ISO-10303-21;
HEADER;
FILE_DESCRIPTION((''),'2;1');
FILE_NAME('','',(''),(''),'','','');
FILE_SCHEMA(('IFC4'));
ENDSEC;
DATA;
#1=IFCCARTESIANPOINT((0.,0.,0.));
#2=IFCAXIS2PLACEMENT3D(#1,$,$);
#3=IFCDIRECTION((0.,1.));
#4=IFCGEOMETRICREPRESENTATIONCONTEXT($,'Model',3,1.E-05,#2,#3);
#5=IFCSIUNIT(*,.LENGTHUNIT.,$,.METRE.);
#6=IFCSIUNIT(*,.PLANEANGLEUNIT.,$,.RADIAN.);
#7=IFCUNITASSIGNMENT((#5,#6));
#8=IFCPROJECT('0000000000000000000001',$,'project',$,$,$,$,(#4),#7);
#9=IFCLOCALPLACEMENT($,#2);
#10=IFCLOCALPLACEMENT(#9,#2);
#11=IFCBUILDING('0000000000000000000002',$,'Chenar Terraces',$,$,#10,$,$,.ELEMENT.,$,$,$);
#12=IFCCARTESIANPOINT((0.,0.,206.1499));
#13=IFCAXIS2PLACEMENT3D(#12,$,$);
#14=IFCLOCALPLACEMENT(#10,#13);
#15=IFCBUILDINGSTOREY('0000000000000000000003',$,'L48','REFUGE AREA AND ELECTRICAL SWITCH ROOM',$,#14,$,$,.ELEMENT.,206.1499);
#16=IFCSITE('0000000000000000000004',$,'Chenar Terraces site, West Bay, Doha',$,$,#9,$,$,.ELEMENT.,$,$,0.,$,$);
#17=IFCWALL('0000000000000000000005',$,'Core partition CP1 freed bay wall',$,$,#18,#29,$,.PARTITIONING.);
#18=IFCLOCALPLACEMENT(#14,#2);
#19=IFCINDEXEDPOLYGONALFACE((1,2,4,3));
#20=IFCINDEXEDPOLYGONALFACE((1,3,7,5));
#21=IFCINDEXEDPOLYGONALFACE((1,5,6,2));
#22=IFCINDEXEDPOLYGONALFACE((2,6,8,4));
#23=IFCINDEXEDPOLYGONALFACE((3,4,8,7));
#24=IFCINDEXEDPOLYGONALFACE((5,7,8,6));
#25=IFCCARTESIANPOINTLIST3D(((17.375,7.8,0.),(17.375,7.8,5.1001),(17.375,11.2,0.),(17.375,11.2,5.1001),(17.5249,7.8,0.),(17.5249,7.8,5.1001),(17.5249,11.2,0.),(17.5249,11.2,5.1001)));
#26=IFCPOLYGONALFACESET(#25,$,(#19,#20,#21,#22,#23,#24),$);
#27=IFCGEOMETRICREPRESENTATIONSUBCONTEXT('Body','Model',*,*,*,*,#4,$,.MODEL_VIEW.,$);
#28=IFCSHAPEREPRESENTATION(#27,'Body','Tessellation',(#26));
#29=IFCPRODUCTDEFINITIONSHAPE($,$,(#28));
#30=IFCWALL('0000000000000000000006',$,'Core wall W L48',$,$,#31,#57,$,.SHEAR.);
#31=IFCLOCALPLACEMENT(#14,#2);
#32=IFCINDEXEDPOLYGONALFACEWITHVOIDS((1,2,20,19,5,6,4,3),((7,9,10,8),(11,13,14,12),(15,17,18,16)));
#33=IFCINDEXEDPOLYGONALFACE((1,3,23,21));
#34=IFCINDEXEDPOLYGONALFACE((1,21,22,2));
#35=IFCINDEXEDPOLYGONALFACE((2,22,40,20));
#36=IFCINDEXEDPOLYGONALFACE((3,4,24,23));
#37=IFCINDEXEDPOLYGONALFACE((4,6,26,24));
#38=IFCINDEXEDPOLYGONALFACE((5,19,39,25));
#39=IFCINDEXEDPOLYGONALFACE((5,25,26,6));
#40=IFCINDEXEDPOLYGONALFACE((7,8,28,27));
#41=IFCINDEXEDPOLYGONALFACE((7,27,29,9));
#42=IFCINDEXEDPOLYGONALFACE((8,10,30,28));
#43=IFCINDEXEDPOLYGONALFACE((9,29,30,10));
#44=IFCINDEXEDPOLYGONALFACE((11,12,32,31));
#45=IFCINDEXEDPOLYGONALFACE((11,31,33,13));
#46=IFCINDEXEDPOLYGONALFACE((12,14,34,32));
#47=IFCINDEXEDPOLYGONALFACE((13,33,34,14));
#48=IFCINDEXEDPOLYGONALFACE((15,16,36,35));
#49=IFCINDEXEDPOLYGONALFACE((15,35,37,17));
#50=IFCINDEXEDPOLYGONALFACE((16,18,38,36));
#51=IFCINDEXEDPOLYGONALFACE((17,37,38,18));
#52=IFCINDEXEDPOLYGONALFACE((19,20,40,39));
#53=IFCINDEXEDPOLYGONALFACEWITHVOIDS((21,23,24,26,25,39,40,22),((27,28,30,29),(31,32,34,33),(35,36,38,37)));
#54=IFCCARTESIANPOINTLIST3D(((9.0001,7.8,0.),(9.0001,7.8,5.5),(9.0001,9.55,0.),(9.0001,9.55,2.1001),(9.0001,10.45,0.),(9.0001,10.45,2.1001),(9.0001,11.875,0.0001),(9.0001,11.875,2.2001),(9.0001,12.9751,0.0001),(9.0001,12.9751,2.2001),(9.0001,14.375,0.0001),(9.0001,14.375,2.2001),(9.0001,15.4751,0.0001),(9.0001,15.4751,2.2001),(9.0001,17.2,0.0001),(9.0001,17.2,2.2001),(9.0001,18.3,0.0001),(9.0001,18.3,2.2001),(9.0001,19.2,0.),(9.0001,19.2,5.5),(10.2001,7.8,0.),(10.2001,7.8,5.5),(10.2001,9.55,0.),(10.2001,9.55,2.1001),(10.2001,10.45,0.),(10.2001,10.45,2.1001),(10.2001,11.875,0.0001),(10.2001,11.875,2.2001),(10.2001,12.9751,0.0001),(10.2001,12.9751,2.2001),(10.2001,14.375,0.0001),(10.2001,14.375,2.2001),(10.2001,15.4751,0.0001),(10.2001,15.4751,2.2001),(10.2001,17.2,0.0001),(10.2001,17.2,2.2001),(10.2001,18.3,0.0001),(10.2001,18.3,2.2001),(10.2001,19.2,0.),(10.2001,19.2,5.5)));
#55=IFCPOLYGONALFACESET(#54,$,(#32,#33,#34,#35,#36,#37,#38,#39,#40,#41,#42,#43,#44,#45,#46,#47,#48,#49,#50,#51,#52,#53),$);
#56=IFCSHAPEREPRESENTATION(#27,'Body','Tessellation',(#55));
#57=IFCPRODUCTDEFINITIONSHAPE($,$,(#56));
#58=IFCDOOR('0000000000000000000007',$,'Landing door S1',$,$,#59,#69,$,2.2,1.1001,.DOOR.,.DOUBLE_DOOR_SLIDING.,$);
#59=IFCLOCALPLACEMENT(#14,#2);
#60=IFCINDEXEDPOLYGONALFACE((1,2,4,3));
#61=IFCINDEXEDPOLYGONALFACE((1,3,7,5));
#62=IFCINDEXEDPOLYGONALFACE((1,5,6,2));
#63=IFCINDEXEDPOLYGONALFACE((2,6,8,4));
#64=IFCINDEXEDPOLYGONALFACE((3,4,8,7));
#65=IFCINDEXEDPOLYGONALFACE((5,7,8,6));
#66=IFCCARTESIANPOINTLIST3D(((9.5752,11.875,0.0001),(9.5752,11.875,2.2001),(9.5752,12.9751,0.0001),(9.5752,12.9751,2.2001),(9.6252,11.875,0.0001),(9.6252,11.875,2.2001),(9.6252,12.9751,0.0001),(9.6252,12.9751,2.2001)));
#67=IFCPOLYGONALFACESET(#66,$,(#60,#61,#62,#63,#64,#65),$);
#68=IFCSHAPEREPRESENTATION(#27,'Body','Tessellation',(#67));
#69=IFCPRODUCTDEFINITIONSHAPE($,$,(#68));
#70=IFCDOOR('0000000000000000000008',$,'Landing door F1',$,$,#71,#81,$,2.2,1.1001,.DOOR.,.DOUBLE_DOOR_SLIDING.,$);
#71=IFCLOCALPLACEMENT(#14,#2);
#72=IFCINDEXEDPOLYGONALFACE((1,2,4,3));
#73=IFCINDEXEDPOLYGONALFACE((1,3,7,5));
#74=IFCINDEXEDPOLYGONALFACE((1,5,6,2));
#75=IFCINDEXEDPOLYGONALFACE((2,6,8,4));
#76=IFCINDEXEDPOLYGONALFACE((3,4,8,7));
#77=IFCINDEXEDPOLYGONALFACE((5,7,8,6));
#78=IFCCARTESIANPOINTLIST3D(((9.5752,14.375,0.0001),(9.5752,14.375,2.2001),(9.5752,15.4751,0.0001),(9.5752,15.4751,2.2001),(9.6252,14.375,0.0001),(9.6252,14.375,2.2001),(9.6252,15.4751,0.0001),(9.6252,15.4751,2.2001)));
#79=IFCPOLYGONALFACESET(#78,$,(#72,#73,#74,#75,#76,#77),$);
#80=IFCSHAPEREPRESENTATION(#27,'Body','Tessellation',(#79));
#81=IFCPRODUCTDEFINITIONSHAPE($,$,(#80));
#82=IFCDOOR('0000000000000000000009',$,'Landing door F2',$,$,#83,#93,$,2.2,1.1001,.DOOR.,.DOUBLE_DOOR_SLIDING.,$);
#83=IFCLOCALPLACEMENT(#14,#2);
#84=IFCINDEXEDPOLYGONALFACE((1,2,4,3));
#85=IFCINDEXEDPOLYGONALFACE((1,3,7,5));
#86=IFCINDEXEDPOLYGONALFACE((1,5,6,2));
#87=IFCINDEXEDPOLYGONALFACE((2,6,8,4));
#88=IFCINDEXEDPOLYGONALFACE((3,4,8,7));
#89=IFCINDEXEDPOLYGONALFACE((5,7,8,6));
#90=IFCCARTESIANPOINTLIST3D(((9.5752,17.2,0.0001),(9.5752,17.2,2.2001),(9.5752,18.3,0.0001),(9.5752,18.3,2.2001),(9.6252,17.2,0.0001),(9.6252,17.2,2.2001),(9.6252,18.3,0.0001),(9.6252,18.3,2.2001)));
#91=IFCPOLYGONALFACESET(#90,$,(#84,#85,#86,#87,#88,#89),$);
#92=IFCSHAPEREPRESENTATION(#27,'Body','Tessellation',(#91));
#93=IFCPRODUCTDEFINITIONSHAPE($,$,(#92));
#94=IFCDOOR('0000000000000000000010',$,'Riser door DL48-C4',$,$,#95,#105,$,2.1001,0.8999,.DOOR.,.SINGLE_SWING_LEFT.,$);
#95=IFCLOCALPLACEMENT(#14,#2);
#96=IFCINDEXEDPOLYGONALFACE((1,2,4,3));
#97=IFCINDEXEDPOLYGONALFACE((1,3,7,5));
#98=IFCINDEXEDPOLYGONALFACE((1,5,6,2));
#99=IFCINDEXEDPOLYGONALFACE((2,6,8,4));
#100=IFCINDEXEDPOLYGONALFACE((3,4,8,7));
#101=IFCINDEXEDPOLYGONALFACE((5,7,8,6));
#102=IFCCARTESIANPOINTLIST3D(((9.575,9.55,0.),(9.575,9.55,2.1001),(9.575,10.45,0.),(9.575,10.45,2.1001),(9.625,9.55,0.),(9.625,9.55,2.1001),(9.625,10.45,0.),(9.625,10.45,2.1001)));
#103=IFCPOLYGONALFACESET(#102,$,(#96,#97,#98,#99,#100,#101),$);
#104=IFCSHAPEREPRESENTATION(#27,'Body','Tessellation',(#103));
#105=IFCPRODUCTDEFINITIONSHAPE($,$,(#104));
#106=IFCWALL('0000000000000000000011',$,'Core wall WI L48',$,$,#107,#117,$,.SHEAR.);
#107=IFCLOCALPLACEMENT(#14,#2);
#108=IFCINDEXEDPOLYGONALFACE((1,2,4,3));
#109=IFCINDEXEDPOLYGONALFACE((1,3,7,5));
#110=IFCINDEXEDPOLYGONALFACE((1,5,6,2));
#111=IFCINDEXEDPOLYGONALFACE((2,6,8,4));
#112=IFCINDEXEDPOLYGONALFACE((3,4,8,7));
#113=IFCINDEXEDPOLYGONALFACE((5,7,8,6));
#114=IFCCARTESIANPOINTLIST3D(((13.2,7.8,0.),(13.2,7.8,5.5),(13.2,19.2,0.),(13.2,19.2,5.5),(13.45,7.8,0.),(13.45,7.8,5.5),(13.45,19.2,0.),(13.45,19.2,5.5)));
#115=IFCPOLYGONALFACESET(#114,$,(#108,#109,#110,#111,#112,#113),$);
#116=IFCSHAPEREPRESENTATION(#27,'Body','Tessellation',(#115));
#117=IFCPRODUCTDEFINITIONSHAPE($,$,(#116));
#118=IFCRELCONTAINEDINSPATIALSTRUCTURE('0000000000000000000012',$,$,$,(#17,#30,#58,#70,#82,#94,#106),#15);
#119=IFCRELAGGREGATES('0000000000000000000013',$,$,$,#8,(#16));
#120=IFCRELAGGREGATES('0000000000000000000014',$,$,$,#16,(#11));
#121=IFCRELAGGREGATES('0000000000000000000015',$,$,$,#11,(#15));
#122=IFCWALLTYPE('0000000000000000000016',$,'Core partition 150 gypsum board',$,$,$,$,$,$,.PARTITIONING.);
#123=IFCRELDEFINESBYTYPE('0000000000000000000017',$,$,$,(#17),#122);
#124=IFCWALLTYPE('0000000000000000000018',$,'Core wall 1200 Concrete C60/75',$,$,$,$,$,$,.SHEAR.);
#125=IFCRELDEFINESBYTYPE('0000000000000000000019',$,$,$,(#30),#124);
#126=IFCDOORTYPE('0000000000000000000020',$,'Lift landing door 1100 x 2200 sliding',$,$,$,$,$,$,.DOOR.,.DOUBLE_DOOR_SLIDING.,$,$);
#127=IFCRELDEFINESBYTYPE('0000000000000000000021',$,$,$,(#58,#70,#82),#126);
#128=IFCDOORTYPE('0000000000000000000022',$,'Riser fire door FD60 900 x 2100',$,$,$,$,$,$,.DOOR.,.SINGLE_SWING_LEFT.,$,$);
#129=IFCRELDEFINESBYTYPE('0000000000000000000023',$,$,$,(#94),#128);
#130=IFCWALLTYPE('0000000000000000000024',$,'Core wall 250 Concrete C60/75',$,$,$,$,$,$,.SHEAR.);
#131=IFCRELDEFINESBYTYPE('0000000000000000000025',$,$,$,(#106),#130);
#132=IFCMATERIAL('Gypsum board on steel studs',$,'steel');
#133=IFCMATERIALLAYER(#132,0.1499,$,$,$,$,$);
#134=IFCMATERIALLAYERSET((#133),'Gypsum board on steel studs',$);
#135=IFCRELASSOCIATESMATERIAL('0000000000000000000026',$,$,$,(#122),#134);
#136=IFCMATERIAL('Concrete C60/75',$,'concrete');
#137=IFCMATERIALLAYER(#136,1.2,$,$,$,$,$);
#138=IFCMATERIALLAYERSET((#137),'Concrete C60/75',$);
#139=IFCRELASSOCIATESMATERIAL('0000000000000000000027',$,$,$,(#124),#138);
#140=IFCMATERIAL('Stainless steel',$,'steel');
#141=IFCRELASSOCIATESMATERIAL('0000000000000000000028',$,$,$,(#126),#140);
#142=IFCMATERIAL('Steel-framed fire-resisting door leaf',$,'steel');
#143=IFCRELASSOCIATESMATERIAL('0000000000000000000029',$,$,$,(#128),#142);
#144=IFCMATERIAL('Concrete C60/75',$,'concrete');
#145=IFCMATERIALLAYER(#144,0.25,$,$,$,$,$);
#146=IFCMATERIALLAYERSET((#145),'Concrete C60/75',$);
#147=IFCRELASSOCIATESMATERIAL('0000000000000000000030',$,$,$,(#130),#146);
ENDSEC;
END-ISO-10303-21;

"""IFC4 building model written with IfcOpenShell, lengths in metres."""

from ifc_helpers import new_model, si_unit, direction, frame, frame_2d, origin, place, context, subcontext, project, spatial, rectangle, extrude, material, layer, layer_set, type_object, element, fill, save


model = new_model("IFC4")

# Units and contexts
model_context = context("Model", 3, precision=1e-05, world=origin(), true_north=direction((0.0, 1.0)))
body_context = subcontext(model_context, "Body", "Model", "MODEL_VIEW")
ifc_project = project(units=[si_unit("LENGTHUNIT", "METRE"), si_unit("PLANEANGLEUNIT", "RADIAN")], contexts=[model_context])

# Site, building, storey
site_placement = place(None, origin())
site = spatial("IfcSite", under=ifc_project, at=site_placement, Name="Chenar Terraces site, West Bay, Doha", CompositionType="ELEMENT", RefElevation=0.0)
building_placement = place(site_placement, origin())
building = spatial("IfcBuilding", under=site, at=building_placement, Name="Chenar Terraces", CompositionType="ELEMENT")
storey_placement = place(building_placement, frame((0.0, 0.0, 206.1499)))
storey = spatial("IfcBuildingStorey", under=building, at=storey_placement, Name="L48", Description="REFUGE AREA AND ELECTRICAL SWITCH ROOM", CompositionType="ELEMENT", Elevation=206.1499)

# Wall
ifc_material_1 = material(Name="Gypsum board on steel studs", Category="steel")
ifc_layer_1 = layer(ifc_material_1, 0.1499)
ifc_layer_set_1 = layer_set([ifc_layer_1], Name="Gypsum board on steel studs")
wall_type_1 = type_object("IfcWallType", Name="Core partition 150 gypsum board", PredefinedType="PARTITIONING", material=ifc_layer_set_1)
wall_1_placement = place(storey_placement, frame((17.45, 7.8, 0.0), z_axis=(0.0, 0.0, 1.0), x_axis=(0.0, 1.0, 0.0)))
element("IfcWall", 1, at=wall_1_placement, inside=storey, type_object=wall_type_1, Name="Core partition CP1 freed bay wall", PredefinedType="PARTITIONING", context=body_context, shape_type="SweptSolid", body=[
    extrude(rectangle(XDim=3.3999, YDim=0.1499, at=frame_2d((1.7, 0.0))), origin(), (0.0, 0.0, 1.0), 5.1001),
])

# Wall, openings, doors
ifc_material_2 = material(Name="Concrete C60/75", Category="concrete")
ifc_layer_2 = layer(ifc_material_2, 1.2)
ifc_layer_set_2 = layer_set([ifc_layer_2], Name="Concrete C60/75")
wall_type_2 = type_object("IfcWallType", Name="Core wall 1200 Concrete C60/75", PredefinedType="SHEAR", material=ifc_layer_set_2)
wall_2_placement = place(storey_placement, frame((9.6001, 7.8, 0.0), z_axis=(0.0, 0.0, 1.0), x_axis=(0.0, 1.0, 0.0)))
wall_2 = element("IfcWall", 2, at=wall_2_placement, inside=storey, type_object=wall_type_2, Name="Core wall W L48", PredefinedType="SHEAR", context=body_context, shape_type="SweptSolid", body=[
    extrude(rectangle(XDim=11.3999, YDim=1.2, at=frame_2d((5.7, 0.0))), origin(), (0.0, 0.0, 1.0), 5.5),
])
opening_1_placement = place(wall_2_placement, frame((4.075, 0.0, 0.0)))
opening_1 = element("IfcOpeningElement", 3, at=opening_1_placement, cuts=wall_2, PredefinedType="OPENING", context=body_context, shape_type="SweptSolid", body=[
    extrude(rectangle(XDim=1.1001, YDim=2.2, at=frame_2d((0.55, 1.1001))), frame((0.0, 0.6099, 0.0), z_axis=(0.0, -1.0, 0.0), x_axis=(1.0, 0.0, 0.0)), (0.0, 0.0, 1.0), 1.22),
])
opening_2_placement = place(wall_2_placement, frame((6.575, 0.0, 0.0)))
opening_2 = element("IfcOpeningElement", 4, at=opening_2_placement, cuts=wall_2, PredefinedType="OPENING", context=body_context, shape_type="SweptSolid", body=[
    extrude(rectangle(XDim=1.1001, YDim=2.2, at=frame_2d((0.55, 1.1001))), frame((0.0, 0.6099, 0.0), z_axis=(0.0, -1.0, 0.0), x_axis=(1.0, 0.0, 0.0)), (0.0, 0.0, 1.0), 1.22),
])
opening_3_placement = place(wall_2_placement, frame((9.3999, 0.0, 0.0)))
opening_3 = element("IfcOpeningElement", 5, at=opening_3_placement, cuts=wall_2, PredefinedType="OPENING", context=body_context, shape_type="SweptSolid", body=[
    extrude(rectangle(XDim=1.1001, YDim=2.2, at=frame_2d((0.55, 1.1001))), frame((0.0, 0.6099, 0.0), z_axis=(0.0, -1.0, 0.0), x_axis=(1.0, 0.0, 0.0)), (0.0, 0.0, 1.0), 1.22),
])
opening_4_placement = place(wall_2_placement, frame((1.75, 0.0, 0.0)))
opening_4 = element("IfcOpeningElement", 6, at=opening_4_placement, cuts=wall_2, PredefinedType="OPENING", context=body_context, shape_type="SweptSolid", body=[
    extrude(rectangle(XDim=0.8999, YDim=2.1001, at=frame_2d((0.45, 1.05))), frame((0.0, 0.6099, 0.0), z_axis=(0.0, -1.0, 0.0), x_axis=(1.0, 0.0, 0.0)), (0.0, 0.0, 1.0), 1.22),
])
ifc_material_3 = material(Name="Stainless steel", Category="steel")
door_type_1 = type_object("IfcDoorType", Name="Lift landing door 1100 x 2200 sliding", OperationType="DOUBLE_DOOR_SLIDING", PredefinedType="DOOR", material=ifc_material_3)
door_1_placement = place(opening_1_placement, origin())
door_1 = element("IfcDoor", 7, at=door_1_placement, inside=storey, type_object=door_type_1, Name="Landing door S1", OperationType="DOUBLE_DOOR_SLIDING", OverallHeight=2.2, OverallWidth=1.1001, PredefinedType="DOOR", context=body_context, shape_type="SweptSolid", body=[
    extrude(rectangle(XDim=1.1001, YDim=2.2, at=frame_2d((0.55, 1.1001))), frame((0.0, 0.0249, 0.0), z_axis=(0.0, -1.0, 0.0), x_axis=(1.0, 0.0, 0.0)), (0.0, 0.0, 1.0), 0.05),
])
fill(opening_1, door_1)
door_2_placement = place(opening_2_placement, origin())
door_2 = element("IfcDoor", 8, at=door_2_placement, inside=storey, type_object=door_type_1, Name="Landing door F1", OperationType="DOUBLE_DOOR_SLIDING", OverallHeight=2.2, OverallWidth=1.1001, PredefinedType="DOOR", context=body_context, shape_type="SweptSolid", body=[
    extrude(rectangle(XDim=1.1001, YDim=2.2, at=frame_2d((0.55, 1.1001))), frame((0.0, 0.0249, 0.0), z_axis=(0.0, -1.0, 0.0), x_axis=(1.0, 0.0, 0.0)), (0.0, 0.0, 1.0), 0.05),
])
fill(opening_2, door_2)
door_3_placement = place(opening_3_placement, origin())
door_3 = element("IfcDoor", 9, at=door_3_placement, inside=storey, type_object=door_type_1, Name="Landing door F2", OperationType="DOUBLE_DOOR_SLIDING", OverallHeight=2.2, OverallWidth=1.1001, PredefinedType="DOOR", context=body_context, shape_type="SweptSolid", body=[
    extrude(rectangle(XDim=1.1001, YDim=2.2, at=frame_2d((0.55, 1.1001))), frame((0.0, 0.0249, 0.0), z_axis=(0.0, -1.0, 0.0), x_axis=(1.0, 0.0, 0.0)), (0.0, 0.0, 1.0), 0.05),
])
fill(opening_3, door_3)
ifc_material_4 = material(Name="Steel-framed fire-resisting door leaf", Category="steel")
door_type_2 = type_object("IfcDoorType", Name="Riser fire door FD60 900 x 2100", OperationType="SINGLE_SWING_LEFT", PredefinedType="DOOR", material=ifc_material_4)
door_4_placement = place(opening_4_placement, frame((0.8999, 0.0, 0.0), z_axis=(0.0, 0.0, 1.0), x_axis=(-1.0, 0.0, 0.0)))
door_4 = element("IfcDoor", 10, at=door_4_placement, inside=storey, type_object=door_type_2, Name="Riser door DL48-C4", OperationType="SINGLE_SWING_LEFT", OverallHeight=2.1001, OverallWidth=0.8999, PredefinedType="DOOR", context=body_context, shape_type="SweptSolid", body=[
    extrude(rectangle(XDim=0.8999, YDim=2.1001, at=frame_2d((0.45, 1.05))), frame((0.0, 0.0249, 0.0), z_axis=(0.0, -1.0, 0.0), x_axis=(1.0, 0.0, 0.0)), (0.0, 0.0, 1.0), 0.05),
])
fill(opening_4, door_4)

# Wall
ifc_material_5 = material(Name="Concrete C60/75", Category="concrete")
ifc_layer_3 = layer(ifc_material_5, 0.25)
ifc_layer_set_3 = layer_set([ifc_layer_3], Name="Concrete C60/75")
wall_type_3 = type_object("IfcWallType", Name="Core wall 250 Concrete C60/75", PredefinedType="SHEAR", material=ifc_layer_set_3)
wall_3_placement = place(storey_placement, frame((13.325, 7.8, 0.0), z_axis=(0.0, 0.0, 1.0), x_axis=(0.0, 1.0, 0.0)))
element("IfcWall", 11, at=wall_3_placement, inside=storey, type_object=wall_type_3, Name="Core wall WI L48", PredefinedType="SHEAR", context=body_context, shape_type="SweptSolid", body=[
    extrude(rectangle(XDim=11.3999, YDim=0.25, at=frame_2d((5.7, 0.0))), origin(), (0.0, 0.0, 1.0), 5.5),
])

save(model, "model.ifc")
